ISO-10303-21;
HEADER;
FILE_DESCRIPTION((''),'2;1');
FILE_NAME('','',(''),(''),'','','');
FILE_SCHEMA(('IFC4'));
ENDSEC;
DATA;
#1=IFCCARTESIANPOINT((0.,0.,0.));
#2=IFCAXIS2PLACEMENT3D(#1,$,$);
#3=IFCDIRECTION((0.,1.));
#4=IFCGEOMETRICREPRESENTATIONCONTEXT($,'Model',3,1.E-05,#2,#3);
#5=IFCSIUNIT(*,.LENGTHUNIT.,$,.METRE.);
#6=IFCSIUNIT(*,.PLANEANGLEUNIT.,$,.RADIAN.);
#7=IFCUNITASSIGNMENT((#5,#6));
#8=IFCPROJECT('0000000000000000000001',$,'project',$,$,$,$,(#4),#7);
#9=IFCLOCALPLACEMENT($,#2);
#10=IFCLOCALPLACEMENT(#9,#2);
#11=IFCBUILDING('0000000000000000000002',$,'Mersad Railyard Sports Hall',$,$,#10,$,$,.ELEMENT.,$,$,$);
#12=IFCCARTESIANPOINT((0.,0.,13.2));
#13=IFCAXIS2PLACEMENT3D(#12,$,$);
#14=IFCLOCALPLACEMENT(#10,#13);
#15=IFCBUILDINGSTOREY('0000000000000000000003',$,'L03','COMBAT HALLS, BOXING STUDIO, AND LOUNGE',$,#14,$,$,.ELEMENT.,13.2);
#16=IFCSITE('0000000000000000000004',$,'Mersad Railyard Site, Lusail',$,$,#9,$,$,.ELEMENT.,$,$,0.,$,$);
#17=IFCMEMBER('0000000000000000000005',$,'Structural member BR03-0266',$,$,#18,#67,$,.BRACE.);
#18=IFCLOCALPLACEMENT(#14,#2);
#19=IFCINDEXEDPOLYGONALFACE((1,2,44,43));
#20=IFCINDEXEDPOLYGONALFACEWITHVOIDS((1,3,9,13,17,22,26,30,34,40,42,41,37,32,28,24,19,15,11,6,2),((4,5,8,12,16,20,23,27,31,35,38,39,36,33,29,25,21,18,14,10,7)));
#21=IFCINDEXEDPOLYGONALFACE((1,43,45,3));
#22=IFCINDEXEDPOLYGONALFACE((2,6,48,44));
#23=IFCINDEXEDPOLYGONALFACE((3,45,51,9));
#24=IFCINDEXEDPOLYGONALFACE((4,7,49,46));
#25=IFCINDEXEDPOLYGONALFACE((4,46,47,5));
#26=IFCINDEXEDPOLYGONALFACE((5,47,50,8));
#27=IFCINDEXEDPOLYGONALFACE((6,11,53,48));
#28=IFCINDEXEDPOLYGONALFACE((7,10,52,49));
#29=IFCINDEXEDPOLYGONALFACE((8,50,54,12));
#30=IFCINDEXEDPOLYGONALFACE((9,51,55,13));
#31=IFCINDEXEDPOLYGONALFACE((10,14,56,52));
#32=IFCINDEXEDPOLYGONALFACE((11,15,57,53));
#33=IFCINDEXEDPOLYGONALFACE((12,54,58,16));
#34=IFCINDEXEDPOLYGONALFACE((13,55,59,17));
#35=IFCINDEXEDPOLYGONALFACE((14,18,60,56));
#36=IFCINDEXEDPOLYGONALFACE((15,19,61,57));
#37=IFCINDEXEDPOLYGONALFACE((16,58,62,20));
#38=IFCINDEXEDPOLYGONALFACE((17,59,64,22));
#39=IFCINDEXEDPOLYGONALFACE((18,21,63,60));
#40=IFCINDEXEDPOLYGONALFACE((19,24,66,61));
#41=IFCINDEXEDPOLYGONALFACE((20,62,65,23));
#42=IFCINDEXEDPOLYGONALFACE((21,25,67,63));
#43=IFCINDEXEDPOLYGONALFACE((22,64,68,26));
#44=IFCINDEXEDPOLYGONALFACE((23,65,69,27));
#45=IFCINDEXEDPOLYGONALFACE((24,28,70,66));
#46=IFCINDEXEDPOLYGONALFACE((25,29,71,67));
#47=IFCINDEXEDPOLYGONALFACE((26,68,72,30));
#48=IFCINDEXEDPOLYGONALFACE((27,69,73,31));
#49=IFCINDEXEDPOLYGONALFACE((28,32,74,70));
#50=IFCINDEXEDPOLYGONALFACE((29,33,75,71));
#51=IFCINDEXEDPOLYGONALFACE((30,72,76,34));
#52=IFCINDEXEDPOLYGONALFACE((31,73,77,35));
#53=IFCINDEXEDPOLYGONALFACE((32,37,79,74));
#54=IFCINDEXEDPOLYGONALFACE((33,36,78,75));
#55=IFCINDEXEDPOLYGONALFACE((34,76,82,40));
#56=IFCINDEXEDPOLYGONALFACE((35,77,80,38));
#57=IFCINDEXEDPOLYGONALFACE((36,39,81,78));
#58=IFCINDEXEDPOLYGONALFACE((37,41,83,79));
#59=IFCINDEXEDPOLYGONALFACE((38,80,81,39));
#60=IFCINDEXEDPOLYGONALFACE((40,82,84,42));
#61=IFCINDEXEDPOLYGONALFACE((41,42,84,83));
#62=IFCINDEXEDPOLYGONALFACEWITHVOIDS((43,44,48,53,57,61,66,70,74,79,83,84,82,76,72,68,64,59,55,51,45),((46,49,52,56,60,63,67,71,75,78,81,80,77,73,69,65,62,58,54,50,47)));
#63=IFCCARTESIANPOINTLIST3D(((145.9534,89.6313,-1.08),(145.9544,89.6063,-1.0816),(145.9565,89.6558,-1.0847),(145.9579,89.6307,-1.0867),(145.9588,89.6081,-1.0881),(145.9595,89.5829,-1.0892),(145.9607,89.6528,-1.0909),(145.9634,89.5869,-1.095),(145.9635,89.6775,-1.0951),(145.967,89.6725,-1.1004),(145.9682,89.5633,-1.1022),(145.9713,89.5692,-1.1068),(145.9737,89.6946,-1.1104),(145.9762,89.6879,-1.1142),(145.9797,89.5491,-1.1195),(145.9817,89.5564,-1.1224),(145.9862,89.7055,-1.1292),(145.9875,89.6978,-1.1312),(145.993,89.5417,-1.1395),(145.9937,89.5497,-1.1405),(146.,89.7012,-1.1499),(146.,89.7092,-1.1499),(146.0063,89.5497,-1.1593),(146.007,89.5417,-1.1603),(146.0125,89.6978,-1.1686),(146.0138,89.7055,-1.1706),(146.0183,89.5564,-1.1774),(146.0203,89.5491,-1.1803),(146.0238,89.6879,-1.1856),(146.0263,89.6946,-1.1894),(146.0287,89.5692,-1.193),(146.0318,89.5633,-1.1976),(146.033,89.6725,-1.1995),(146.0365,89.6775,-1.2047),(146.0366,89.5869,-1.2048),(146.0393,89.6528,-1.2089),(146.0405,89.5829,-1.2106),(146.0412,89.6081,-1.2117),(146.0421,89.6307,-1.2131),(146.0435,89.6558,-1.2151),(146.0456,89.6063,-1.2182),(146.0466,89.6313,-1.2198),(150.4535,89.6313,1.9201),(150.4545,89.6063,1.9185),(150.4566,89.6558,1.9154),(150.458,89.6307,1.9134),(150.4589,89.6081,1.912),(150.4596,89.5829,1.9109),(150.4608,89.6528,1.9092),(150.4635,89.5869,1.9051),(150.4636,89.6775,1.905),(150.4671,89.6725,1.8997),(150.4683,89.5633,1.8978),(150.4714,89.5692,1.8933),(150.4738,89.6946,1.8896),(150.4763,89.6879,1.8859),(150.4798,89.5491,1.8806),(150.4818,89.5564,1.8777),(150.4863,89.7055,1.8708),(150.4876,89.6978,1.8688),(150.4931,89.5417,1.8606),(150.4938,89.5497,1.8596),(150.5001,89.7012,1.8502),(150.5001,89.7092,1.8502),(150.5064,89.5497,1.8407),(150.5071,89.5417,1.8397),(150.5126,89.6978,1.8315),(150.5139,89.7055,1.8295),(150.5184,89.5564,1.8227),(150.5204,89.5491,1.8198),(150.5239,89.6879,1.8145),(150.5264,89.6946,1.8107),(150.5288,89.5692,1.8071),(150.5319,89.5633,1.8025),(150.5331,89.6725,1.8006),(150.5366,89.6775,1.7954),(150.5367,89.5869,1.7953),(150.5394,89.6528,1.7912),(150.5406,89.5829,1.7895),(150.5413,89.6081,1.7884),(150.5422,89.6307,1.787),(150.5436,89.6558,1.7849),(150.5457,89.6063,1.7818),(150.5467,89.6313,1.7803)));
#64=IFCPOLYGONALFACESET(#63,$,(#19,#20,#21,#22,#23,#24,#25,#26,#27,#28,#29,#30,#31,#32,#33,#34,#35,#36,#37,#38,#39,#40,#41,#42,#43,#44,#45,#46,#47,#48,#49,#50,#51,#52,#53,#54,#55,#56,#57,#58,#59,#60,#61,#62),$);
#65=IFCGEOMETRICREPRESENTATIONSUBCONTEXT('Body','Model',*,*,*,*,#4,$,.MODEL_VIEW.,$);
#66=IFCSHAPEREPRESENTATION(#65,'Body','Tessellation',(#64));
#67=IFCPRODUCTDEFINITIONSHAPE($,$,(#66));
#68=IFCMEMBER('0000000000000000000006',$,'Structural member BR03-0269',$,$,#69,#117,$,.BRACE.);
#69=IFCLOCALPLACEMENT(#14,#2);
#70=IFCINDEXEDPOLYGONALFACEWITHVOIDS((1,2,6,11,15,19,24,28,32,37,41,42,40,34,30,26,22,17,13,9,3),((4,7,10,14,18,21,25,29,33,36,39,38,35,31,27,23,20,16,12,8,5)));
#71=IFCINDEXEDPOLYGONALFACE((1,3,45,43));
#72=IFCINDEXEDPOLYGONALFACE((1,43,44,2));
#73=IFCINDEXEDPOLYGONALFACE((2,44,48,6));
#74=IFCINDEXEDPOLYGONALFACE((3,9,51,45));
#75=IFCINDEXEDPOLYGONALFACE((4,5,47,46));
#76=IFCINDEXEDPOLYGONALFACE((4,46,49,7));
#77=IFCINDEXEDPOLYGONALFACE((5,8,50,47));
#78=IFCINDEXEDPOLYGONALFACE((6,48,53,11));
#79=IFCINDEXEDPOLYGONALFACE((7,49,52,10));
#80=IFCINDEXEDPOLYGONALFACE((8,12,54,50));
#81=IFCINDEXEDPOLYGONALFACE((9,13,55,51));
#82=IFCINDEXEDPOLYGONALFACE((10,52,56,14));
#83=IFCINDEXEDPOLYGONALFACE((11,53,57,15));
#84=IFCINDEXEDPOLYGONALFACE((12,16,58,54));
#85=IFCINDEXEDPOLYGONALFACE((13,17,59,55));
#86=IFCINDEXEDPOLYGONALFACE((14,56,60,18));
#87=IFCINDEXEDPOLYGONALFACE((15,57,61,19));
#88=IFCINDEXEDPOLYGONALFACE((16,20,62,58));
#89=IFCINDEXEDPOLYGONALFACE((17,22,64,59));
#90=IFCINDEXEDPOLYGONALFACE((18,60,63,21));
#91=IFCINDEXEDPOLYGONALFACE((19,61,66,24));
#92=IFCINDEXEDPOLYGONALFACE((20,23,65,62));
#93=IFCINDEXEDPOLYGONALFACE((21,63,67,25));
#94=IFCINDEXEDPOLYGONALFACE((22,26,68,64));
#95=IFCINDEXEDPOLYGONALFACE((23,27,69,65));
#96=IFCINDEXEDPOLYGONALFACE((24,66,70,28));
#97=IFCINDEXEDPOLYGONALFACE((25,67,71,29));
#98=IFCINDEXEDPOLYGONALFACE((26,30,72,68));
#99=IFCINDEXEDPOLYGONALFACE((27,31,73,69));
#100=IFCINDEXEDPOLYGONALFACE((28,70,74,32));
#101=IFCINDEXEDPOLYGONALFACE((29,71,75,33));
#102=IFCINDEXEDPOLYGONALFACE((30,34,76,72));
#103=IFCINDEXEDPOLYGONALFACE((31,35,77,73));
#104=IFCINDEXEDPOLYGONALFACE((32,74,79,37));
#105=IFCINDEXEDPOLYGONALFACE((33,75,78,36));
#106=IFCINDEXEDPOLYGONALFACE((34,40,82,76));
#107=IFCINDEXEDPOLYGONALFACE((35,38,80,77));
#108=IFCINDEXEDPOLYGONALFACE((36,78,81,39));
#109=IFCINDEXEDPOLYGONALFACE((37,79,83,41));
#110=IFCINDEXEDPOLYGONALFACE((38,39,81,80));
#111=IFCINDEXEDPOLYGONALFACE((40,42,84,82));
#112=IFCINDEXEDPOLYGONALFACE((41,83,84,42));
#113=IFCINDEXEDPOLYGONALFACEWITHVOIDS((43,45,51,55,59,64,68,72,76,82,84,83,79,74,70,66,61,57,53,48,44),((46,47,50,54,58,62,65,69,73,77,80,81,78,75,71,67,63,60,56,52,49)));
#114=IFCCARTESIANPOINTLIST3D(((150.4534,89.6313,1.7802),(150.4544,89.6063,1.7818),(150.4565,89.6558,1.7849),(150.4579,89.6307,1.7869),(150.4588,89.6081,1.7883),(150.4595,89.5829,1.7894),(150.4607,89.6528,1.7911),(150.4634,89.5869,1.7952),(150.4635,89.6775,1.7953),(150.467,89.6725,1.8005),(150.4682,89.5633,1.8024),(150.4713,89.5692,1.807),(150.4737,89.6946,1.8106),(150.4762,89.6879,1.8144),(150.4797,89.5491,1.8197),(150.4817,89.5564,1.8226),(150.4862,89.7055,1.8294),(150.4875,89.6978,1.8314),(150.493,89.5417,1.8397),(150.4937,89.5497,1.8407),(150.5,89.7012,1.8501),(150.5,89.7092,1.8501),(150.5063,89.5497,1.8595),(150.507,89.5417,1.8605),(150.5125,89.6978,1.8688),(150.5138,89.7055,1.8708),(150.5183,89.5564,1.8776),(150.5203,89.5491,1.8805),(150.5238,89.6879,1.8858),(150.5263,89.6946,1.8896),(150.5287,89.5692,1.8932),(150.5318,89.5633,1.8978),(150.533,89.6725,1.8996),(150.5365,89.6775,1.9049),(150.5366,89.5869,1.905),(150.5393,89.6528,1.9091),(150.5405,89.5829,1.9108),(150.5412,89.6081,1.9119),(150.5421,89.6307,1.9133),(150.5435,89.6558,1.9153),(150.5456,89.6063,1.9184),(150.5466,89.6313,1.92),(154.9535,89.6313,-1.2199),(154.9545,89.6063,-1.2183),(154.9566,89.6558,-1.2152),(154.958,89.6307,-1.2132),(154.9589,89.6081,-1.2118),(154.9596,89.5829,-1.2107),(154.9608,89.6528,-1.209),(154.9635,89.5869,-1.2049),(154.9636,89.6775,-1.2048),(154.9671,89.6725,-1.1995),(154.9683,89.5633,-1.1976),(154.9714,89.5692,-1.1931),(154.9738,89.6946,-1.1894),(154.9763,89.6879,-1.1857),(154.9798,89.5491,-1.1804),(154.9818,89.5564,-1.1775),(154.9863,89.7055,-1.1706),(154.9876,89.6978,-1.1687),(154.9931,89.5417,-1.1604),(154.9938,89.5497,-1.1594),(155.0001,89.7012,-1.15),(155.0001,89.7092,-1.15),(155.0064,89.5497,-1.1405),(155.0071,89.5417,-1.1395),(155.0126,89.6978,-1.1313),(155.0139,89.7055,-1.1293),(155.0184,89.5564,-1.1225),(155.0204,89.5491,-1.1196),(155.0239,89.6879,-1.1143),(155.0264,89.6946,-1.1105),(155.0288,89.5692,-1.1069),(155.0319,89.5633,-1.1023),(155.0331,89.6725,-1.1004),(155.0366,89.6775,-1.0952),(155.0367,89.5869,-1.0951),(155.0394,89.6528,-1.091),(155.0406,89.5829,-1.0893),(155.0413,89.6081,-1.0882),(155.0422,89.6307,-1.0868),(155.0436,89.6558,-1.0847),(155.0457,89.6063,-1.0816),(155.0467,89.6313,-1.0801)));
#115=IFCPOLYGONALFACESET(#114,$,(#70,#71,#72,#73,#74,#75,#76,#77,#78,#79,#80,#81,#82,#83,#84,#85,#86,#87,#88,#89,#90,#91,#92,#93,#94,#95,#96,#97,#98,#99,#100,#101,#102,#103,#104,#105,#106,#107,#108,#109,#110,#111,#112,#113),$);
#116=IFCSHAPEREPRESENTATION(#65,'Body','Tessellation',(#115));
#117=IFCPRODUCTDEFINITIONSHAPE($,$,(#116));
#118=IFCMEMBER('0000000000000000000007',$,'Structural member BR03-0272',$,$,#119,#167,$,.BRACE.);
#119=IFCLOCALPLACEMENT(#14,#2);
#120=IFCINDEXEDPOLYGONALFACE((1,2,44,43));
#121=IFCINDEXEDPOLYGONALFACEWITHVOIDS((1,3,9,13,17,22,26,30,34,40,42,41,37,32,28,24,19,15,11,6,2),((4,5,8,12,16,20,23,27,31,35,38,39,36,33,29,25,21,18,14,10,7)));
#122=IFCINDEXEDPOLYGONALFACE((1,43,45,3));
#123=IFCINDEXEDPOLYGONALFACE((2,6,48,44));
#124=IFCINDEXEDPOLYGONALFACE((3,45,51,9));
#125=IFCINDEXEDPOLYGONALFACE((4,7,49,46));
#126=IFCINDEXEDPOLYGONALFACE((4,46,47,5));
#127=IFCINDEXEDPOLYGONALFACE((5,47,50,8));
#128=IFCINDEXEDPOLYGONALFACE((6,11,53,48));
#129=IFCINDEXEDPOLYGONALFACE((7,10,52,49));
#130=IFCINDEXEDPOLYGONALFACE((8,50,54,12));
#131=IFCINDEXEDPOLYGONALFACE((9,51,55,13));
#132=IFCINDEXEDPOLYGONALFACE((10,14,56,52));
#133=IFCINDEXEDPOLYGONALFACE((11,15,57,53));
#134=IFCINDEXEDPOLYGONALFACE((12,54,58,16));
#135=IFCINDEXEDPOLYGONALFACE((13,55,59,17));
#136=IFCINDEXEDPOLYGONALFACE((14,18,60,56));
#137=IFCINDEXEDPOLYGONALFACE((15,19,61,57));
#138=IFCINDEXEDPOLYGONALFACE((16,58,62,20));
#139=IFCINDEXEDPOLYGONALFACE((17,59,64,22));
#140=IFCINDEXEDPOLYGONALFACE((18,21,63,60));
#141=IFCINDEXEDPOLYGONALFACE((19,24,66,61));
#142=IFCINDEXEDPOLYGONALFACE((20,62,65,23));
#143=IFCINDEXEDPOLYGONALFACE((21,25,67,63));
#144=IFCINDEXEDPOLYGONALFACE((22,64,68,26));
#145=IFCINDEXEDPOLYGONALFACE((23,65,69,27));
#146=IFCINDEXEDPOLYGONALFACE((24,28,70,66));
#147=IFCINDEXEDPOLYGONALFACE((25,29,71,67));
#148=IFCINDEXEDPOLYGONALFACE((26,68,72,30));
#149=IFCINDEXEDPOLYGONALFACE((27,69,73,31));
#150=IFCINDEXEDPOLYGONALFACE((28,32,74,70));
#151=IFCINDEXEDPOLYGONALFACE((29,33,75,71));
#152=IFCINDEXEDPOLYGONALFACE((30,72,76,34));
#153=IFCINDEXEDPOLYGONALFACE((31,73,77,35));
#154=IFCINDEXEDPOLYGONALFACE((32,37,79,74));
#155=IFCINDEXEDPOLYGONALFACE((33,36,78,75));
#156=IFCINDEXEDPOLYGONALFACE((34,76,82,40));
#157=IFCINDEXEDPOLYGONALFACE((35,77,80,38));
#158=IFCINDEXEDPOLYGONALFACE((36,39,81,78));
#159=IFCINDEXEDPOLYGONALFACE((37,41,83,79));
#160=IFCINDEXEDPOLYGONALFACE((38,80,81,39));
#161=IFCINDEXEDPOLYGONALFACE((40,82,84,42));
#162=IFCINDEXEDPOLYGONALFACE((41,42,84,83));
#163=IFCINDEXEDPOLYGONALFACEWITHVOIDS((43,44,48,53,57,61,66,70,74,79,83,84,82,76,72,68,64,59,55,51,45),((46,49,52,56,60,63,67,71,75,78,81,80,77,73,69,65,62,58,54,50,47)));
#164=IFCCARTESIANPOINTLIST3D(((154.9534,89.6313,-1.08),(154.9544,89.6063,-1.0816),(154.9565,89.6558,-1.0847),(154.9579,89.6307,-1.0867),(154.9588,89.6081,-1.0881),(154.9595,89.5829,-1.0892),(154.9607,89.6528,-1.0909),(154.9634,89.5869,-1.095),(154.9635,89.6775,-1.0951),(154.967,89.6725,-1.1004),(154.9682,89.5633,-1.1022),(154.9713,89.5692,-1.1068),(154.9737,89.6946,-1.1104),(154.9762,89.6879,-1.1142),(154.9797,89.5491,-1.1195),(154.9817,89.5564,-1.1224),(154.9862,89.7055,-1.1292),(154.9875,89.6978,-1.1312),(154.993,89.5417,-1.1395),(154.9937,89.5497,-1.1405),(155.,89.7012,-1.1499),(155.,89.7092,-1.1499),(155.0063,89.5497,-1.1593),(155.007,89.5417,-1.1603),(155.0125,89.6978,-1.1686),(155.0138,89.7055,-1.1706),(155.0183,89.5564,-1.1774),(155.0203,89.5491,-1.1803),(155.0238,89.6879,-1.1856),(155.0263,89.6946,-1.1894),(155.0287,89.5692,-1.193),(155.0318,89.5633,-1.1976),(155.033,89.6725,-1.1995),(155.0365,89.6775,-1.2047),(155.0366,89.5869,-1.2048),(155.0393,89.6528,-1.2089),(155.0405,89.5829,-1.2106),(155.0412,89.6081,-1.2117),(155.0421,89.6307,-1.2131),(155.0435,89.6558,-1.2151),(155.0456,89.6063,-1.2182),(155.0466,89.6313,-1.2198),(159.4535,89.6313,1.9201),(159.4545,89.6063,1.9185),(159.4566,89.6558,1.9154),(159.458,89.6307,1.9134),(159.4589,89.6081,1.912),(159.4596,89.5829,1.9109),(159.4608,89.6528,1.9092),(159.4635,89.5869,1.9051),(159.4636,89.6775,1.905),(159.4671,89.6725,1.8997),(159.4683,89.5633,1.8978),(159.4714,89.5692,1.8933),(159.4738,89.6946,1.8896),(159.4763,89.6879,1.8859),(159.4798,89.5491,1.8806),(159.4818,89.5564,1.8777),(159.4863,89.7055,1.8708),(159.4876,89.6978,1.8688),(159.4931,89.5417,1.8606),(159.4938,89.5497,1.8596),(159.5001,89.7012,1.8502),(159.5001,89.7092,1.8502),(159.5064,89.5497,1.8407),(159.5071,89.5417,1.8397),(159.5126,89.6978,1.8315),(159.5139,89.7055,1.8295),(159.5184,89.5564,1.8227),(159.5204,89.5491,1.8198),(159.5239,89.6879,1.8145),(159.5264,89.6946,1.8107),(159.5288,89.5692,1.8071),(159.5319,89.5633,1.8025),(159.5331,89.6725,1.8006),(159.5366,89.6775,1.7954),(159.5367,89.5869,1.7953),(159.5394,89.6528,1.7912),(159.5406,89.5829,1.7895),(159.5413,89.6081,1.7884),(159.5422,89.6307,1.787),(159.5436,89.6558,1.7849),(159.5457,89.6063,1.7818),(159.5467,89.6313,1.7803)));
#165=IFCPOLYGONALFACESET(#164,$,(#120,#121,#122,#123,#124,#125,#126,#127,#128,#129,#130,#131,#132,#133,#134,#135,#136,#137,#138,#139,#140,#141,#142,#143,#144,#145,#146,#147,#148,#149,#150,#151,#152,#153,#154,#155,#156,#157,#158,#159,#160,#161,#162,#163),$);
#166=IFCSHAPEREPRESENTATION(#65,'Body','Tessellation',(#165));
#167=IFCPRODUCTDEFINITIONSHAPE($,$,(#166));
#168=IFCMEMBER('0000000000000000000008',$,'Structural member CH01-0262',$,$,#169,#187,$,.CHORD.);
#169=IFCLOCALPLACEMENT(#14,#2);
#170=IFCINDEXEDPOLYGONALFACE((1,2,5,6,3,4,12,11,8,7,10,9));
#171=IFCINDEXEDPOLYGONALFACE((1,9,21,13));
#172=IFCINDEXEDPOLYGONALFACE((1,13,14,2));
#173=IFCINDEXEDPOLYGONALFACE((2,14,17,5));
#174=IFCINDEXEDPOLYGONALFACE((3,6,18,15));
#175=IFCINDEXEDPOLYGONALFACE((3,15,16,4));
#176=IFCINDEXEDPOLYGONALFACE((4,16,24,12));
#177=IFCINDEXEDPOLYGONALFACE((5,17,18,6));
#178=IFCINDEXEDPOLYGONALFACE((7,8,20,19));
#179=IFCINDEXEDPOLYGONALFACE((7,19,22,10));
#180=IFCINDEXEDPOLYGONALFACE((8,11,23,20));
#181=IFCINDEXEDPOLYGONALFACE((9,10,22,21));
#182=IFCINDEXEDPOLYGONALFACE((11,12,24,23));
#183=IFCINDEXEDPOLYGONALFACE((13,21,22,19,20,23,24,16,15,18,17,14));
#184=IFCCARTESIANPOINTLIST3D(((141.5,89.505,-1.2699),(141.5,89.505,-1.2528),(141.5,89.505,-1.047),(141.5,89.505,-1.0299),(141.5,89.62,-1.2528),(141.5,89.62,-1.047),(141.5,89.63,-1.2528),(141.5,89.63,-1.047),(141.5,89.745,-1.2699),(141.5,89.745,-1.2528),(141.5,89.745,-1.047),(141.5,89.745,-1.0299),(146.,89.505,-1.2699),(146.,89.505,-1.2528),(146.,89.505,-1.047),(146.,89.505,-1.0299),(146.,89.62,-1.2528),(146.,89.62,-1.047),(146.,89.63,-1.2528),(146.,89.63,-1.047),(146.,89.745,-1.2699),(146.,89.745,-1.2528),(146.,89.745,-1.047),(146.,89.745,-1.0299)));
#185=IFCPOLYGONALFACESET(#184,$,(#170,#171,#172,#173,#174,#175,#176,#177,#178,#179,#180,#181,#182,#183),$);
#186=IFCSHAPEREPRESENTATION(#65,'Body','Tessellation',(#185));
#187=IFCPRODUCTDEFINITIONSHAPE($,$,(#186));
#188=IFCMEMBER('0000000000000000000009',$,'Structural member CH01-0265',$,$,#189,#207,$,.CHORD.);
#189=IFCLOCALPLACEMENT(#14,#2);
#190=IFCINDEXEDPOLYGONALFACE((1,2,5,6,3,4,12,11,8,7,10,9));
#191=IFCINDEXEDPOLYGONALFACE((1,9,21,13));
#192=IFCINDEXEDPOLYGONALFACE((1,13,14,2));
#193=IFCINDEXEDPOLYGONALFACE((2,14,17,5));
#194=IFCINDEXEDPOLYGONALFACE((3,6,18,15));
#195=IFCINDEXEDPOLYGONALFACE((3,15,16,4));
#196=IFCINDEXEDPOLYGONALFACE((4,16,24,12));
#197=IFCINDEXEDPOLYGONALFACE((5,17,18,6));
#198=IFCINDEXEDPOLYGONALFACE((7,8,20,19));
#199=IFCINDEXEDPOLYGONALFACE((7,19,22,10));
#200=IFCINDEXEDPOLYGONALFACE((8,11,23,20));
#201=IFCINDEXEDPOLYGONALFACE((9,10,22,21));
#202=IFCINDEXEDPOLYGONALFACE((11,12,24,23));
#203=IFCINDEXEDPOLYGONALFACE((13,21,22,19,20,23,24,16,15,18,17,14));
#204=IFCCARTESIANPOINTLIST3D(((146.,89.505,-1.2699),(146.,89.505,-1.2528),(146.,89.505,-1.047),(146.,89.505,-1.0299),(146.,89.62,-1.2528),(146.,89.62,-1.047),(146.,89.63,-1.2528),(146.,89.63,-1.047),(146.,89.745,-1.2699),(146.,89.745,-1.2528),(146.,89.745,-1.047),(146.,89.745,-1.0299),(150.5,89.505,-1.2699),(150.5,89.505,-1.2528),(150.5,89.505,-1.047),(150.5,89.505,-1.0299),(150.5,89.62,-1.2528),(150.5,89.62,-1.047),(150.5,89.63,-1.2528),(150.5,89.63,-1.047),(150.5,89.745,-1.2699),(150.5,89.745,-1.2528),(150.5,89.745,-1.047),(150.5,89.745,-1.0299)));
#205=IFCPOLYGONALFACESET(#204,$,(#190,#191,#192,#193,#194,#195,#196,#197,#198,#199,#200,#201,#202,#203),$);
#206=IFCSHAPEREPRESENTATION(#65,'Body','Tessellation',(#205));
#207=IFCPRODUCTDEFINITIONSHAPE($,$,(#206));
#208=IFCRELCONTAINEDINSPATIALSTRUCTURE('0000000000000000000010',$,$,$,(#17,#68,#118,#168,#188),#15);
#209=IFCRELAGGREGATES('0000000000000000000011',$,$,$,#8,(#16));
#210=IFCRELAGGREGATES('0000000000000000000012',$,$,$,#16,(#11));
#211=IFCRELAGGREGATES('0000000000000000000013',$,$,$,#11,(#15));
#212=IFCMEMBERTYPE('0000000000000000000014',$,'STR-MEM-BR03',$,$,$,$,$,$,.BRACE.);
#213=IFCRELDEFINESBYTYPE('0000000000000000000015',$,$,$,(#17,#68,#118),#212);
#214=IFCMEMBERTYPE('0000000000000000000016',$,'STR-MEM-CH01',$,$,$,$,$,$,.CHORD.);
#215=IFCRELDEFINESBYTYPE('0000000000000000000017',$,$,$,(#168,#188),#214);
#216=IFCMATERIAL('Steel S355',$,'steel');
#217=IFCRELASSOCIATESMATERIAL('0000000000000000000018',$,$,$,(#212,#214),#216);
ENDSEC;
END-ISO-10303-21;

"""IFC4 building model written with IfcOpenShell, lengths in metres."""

from ifc_helpers import new_model, si_unit, direction, frame, origin, origin_2d, place, context, subcontext, project, spatial, hollow_circle, i_section, extrude, material, material_profile, profile_set, type_object, element, save


model = new_model("IFC4")

# Units and contexts
model_context = context("Model", 3, precision=1e-05, world=origin(), true_north=direction((0.0, 1.0)))
body_context = subcontext(model_context, "Body", "Model", "MODEL_VIEW")
ifc_project = project(units=[si_unit("LENGTHUNIT", "METRE"), si_unit("PLANEANGLEUNIT", "RADIAN")], contexts=[model_context])

# Site, building, storey
site_placement = place(None, origin())
site = spatial("IfcSite", under=ifc_project, at=site_placement, Name="Mersad Railyard Site, Lusail", CompositionType="ELEMENT", RefElevation=0.0)
building_placement = place(site_placement, origin())
building = spatial("IfcBuilding", under=site, at=building_placement, Name="Mersad Railyard Sports Hall", CompositionType="ELEMENT")
storey_placement = place(building_placement, frame((0.0, 0.0, 13.2)))
storey = spatial("IfcBuildingStorey", under=building, at=storey_placement, Name="L03", Description="COMBAT HALLS, BOXING STUDIO, AND LOUNGE", CompositionType="ELEMENT", Elevation=13.2)

# Members
ifc_material_1 = material(Name="Steel S355", Category="steel")
ifc_material_profile_1 = material_profile(ifc_material_1, hollow_circle(Radius=0.0842, WallThickness=0.0081, at=origin_2d()), Name="CHS 168.3x8")
ifc_profile_set_1 = profile_set([ifc_material_profile_1], Name="Steel S355")
member_type_1 = type_object("IfcMemberType", Name="STR-MEM-BR03", PredefinedType="BRACE", material=ifc_profile_set_1)
for number, where, z_axis, x_axis, name in (
    (1, (146.0, 89.625, -1.1499), (0.83205, 0.0, 0.5547), (0.0, 1.0, 0.0), "Structural member BR03-0266"),
    (2, (150.5, 89.625, 1.8501), (0.83205, 0.0, -0.5547), (0.0, 1.0, 0.0), "Structural member BR03-0269"),
    (3, (155.0, 89.625, -1.1499), (0.83205, 0.0, 0.5547), (0.0, 1.0, 0.0), "Structural member BR03-0272"),
):
    element("IfcMember", number, at=place(storey_placement, frame(where, z_axis=z_axis, x_axis=x_axis)), inside=storey, type_object=member_type_1, Name=name, PredefinedType="BRACE", context=body_context, shape_type="SweptSolid", body=[
        extrude(hollow_circle(Radius=0.0842, WallThickness=0.0081, at=origin_2d()), origin(), (0.0, 0.0, 1.0), 5.4084),
    ])
ifc_material_profile_2 = material_profile(ifc_material_1, i_section(OverallWidth=0.24, OverallDepth=0.24, WebThickness=0.01, FlangeThickness=0.0171, at=origin_2d()), Name="HEB 240")
ifc_profile_set_2 = profile_set([ifc_material_profile_2], Name="Steel S355")
member_type_2 = type_object("IfcMemberType", Name="STR-MEM-CH01", PredefinedType="CHORD", material=ifc_profile_set_2)
for number, where, z_axis, x_axis, name in (
    (4, (141.5, 89.625, -1.1499), (1.0, 0.0, 0.0), (0.0, 1.0, 0.0), "Structural member CH01-0262"),
    (5, (146.0, 89.625, -1.1499), (1.0, 0.0, 0.0), (0.0, 1.0, 0.0), "Structural member CH01-0265"),
):
    element("IfcMember", number, at=place(storey_placement, frame(where, z_axis=z_axis, x_axis=x_axis)), inside=storey, type_object=member_type_2, Name=name, PredefinedType="CHORD", context=body_context, shape_type="SweptSolid", body=[
        extrude(i_section(OverallWidth=0.24, OverallDepth=0.24, WebThickness=0.01, FlangeThickness=0.0171, at=origin_2d()), origin(), (0.0, 0.0, 1.0), 4.5),
    ])

save(model, "model.ifc")
